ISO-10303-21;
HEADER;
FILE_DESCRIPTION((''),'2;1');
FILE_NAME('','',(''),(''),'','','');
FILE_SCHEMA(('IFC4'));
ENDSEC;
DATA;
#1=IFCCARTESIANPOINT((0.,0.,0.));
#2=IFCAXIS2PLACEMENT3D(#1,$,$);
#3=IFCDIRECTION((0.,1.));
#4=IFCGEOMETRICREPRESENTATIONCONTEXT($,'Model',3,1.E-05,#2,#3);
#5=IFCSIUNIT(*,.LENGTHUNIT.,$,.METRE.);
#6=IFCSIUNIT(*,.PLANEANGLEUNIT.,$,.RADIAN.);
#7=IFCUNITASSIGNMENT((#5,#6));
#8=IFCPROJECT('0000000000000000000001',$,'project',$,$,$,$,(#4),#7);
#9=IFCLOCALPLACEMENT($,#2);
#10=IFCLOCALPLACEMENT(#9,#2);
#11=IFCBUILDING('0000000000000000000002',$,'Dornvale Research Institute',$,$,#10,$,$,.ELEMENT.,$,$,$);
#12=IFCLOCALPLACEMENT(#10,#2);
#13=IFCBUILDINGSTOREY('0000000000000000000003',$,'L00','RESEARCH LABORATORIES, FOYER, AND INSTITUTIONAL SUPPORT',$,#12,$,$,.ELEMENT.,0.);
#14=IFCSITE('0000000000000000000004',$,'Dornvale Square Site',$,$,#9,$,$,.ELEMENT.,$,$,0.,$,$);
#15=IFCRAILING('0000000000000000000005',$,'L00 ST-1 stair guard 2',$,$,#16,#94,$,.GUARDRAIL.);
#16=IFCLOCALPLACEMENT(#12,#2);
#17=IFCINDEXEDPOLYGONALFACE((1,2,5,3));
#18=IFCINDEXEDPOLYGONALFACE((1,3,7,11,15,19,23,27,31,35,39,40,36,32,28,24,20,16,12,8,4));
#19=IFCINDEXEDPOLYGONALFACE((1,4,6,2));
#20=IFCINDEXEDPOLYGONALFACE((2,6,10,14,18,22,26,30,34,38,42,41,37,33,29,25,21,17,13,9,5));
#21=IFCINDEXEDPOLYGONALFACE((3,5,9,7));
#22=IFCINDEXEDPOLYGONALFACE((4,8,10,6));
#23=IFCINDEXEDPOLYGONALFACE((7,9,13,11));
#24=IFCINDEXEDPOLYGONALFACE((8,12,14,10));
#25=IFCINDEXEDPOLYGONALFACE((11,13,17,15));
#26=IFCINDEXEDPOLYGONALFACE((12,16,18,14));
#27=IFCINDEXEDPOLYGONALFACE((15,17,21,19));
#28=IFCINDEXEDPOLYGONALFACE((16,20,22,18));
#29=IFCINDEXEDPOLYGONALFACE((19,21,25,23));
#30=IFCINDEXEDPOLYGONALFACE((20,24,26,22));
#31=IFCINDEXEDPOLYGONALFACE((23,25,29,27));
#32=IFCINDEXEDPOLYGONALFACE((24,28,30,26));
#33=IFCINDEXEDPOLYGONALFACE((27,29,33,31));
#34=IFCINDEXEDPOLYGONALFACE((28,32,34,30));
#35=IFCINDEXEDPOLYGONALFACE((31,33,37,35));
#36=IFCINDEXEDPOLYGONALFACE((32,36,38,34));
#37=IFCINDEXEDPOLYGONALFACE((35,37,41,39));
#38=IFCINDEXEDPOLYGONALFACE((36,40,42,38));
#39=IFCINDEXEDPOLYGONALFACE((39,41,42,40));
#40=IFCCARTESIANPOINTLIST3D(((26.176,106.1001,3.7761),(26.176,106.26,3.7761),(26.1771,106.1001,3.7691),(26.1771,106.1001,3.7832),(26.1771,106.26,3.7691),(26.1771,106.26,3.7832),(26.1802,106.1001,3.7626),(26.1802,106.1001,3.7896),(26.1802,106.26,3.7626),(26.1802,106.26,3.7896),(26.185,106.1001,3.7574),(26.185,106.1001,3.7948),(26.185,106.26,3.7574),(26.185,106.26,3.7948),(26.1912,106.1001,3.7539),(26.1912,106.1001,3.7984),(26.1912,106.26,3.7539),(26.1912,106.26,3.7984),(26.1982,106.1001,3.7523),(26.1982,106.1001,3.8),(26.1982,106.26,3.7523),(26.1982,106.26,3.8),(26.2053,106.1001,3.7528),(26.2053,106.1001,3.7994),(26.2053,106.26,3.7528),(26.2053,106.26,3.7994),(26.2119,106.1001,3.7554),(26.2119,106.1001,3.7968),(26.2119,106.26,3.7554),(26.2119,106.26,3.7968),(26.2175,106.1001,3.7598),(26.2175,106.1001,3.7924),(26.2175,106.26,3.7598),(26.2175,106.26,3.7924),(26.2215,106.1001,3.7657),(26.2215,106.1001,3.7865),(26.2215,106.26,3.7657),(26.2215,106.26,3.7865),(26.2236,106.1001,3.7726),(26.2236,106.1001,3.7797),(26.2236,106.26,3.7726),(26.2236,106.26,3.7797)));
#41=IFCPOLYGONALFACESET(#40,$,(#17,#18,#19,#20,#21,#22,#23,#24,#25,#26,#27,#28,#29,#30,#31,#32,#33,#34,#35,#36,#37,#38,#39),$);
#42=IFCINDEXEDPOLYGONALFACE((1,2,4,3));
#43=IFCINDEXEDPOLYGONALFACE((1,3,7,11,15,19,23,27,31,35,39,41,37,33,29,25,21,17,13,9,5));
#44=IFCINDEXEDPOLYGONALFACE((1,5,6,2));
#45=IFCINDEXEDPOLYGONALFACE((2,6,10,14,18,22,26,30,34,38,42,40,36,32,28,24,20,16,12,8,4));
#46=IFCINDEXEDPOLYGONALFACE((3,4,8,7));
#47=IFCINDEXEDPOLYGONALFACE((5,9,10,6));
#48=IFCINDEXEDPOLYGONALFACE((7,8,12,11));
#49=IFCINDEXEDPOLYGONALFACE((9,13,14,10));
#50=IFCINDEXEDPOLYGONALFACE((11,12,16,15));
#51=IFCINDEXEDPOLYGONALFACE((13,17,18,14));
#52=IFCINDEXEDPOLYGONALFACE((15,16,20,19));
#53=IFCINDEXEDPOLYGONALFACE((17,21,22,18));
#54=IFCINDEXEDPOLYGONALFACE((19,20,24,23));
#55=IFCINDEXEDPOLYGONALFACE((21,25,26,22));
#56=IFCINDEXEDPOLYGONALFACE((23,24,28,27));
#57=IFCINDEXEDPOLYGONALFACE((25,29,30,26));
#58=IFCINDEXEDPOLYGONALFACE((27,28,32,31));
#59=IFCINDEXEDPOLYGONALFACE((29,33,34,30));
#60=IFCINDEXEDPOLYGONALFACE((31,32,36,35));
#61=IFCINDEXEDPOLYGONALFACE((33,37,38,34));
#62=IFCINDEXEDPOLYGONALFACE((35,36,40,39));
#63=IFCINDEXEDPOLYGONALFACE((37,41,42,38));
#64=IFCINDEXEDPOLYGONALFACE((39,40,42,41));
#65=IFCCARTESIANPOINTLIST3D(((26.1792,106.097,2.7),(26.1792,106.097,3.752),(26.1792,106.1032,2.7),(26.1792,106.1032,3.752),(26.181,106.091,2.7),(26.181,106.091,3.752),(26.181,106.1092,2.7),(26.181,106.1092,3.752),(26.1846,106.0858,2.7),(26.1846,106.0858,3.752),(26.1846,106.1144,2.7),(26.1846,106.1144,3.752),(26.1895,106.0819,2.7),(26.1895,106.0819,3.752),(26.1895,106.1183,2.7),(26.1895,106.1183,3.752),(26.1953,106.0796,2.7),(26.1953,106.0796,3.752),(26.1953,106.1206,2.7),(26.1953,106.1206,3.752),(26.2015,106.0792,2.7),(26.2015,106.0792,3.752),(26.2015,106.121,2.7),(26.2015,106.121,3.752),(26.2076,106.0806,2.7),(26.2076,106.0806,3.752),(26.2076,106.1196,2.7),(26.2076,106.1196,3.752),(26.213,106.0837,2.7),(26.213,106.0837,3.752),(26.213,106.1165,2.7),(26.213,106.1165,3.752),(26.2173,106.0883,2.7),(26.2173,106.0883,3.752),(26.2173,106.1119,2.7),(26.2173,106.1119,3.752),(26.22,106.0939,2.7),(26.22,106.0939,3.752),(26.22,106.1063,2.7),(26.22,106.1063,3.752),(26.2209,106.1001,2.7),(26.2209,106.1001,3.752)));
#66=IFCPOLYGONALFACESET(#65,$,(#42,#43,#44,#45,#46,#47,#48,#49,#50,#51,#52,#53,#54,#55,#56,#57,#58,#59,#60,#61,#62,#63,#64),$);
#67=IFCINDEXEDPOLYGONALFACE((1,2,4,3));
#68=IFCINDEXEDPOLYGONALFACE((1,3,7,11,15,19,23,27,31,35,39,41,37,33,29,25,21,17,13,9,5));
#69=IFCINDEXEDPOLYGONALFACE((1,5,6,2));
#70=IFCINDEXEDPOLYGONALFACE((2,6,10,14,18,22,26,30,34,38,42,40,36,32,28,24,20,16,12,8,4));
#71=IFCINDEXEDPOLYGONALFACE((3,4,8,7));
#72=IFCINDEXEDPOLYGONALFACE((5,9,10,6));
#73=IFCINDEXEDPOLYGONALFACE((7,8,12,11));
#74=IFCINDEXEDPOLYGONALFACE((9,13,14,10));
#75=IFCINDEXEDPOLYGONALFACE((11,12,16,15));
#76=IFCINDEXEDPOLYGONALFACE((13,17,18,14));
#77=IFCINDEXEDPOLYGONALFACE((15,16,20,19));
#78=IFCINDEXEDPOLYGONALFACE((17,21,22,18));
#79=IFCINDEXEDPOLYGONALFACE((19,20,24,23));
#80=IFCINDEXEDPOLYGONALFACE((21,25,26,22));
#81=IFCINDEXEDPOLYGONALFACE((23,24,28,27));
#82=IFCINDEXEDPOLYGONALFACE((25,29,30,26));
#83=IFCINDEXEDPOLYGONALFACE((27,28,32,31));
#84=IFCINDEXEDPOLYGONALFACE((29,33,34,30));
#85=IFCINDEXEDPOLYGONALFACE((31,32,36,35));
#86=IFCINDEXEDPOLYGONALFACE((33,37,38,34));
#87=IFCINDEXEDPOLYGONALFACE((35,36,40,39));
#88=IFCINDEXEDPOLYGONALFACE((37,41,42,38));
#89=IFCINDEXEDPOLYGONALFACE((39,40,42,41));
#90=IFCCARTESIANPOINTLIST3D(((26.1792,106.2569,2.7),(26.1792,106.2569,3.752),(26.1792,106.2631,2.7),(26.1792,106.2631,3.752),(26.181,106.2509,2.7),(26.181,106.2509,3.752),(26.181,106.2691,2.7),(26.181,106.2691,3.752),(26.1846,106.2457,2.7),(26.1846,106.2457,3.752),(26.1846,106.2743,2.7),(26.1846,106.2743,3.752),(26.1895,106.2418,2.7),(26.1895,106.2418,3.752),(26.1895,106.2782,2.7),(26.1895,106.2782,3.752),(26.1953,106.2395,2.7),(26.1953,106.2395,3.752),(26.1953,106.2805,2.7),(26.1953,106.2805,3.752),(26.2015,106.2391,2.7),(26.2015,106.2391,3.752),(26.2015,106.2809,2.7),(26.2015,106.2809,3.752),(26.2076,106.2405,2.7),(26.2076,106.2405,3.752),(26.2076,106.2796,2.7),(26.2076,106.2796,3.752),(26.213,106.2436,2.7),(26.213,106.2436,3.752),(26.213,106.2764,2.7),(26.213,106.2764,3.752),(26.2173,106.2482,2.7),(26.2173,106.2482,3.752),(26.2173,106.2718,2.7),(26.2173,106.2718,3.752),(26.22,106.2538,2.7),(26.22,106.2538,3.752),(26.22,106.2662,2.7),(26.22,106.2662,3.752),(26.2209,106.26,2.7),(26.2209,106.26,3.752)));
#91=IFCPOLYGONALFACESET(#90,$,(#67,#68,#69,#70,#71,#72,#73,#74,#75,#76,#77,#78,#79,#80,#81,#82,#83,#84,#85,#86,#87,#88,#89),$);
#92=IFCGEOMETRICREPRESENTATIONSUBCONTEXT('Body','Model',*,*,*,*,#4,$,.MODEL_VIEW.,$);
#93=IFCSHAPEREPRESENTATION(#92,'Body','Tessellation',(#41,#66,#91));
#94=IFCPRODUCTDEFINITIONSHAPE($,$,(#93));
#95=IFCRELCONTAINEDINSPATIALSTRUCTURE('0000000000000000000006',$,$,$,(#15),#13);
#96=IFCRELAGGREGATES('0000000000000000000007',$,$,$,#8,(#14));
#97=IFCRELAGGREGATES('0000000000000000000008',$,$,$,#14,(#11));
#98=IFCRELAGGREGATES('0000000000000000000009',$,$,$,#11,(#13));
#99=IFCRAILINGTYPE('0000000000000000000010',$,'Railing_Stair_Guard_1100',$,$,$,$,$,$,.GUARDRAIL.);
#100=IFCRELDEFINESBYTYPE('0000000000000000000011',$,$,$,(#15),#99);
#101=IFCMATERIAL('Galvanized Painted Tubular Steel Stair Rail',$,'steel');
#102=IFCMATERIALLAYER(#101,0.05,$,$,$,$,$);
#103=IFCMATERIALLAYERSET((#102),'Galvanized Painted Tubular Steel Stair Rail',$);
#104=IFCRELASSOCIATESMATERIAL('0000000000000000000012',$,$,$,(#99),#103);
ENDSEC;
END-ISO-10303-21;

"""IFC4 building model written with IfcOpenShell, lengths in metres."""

from ifc_helpers import new_model, si_unit, direction, frame, origin, origin_2d, place, context, subcontext, project, spatial, circle, extrude, material, layer, layer_set, type_object, element, save


model = new_model("IFC4")

# Units and contexts
model_context = context("Model", 3, precision=1e-05, world=origin(), true_north=direction((0.0, 1.0)))
body_context = subcontext(model_context, "Body", "Model", "MODEL_VIEW")
ifc_project = project(units=[si_unit("LENGTHUNIT", "METRE"), si_unit("PLANEANGLEUNIT", "RADIAN")], contexts=[model_context])

# Site, building, storey
site_placement = place(None, origin())
site = spatial("IfcSite", under=ifc_project, at=site_placement, Name="Dornvale Square Site", CompositionType="ELEMENT", RefElevation=0.0)
building_placement = place(site_placement, origin())
building = spatial("IfcBuilding", under=site, at=building_placement, Name="Dornvale Research Institute", CompositionType="ELEMENT")
storey_placement = place(building_placement, origin())
storey = spatial("IfcBuildingStorey", under=building, at=storey_placement, Name="L00", Description="RESEARCH LABORATORIES, FOYER, AND INSTITUTIONAL SUPPORT", CompositionType="ELEMENT", Elevation=0.0)

# Railing
ifc_material_1 = material(Name="Galvanized Painted Tubular Steel Stair Rail", Category="steel")
ifc_layer_1 = layer(ifc_material_1, 0.05)
ifc_layer_set_1 = layer_set([ifc_layer_1], Name="Galvanized Painted Tubular Steel Stair Rail")
railing_type_1 = type_object("IfcRailingType", Name="Railing_Stair_Guard_1100", PredefinedType="GUARDRAIL", material=ifc_layer_set_1)
railing_1_placement = place(storey_placement, frame((26.2, 106.1001, 2.7)))
element("IfcRailing", 1, at=railing_1_placement, inside=storey, type_object=railing_type_1, Name="L00 ST-1 stair guard 2", PredefinedType="GUARDRAIL", context=body_context, shape_type="SweptSolid", body=[
    extrude(circle(Radius=0.0239, at=origin_2d()), frame((0.0, 0.0, 1.0762), z_axis=(0.0, 1.0, 0.0), x_axis=(-1.0, 0.0, 0.0)), (0.0, 0.0, 1.0), 0.1599),
    extrude(circle(Radius=0.021, at=origin_2d()), origin(), (0.0, 0.0, 1.0), 1.052),
    extrude(circle(Radius=0.021, at=origin_2d()), frame((0.0, 0.1599, 0.0)), (0.0, 0.0, 1.0), 1.052),
])

save(model, "model.ifc")
